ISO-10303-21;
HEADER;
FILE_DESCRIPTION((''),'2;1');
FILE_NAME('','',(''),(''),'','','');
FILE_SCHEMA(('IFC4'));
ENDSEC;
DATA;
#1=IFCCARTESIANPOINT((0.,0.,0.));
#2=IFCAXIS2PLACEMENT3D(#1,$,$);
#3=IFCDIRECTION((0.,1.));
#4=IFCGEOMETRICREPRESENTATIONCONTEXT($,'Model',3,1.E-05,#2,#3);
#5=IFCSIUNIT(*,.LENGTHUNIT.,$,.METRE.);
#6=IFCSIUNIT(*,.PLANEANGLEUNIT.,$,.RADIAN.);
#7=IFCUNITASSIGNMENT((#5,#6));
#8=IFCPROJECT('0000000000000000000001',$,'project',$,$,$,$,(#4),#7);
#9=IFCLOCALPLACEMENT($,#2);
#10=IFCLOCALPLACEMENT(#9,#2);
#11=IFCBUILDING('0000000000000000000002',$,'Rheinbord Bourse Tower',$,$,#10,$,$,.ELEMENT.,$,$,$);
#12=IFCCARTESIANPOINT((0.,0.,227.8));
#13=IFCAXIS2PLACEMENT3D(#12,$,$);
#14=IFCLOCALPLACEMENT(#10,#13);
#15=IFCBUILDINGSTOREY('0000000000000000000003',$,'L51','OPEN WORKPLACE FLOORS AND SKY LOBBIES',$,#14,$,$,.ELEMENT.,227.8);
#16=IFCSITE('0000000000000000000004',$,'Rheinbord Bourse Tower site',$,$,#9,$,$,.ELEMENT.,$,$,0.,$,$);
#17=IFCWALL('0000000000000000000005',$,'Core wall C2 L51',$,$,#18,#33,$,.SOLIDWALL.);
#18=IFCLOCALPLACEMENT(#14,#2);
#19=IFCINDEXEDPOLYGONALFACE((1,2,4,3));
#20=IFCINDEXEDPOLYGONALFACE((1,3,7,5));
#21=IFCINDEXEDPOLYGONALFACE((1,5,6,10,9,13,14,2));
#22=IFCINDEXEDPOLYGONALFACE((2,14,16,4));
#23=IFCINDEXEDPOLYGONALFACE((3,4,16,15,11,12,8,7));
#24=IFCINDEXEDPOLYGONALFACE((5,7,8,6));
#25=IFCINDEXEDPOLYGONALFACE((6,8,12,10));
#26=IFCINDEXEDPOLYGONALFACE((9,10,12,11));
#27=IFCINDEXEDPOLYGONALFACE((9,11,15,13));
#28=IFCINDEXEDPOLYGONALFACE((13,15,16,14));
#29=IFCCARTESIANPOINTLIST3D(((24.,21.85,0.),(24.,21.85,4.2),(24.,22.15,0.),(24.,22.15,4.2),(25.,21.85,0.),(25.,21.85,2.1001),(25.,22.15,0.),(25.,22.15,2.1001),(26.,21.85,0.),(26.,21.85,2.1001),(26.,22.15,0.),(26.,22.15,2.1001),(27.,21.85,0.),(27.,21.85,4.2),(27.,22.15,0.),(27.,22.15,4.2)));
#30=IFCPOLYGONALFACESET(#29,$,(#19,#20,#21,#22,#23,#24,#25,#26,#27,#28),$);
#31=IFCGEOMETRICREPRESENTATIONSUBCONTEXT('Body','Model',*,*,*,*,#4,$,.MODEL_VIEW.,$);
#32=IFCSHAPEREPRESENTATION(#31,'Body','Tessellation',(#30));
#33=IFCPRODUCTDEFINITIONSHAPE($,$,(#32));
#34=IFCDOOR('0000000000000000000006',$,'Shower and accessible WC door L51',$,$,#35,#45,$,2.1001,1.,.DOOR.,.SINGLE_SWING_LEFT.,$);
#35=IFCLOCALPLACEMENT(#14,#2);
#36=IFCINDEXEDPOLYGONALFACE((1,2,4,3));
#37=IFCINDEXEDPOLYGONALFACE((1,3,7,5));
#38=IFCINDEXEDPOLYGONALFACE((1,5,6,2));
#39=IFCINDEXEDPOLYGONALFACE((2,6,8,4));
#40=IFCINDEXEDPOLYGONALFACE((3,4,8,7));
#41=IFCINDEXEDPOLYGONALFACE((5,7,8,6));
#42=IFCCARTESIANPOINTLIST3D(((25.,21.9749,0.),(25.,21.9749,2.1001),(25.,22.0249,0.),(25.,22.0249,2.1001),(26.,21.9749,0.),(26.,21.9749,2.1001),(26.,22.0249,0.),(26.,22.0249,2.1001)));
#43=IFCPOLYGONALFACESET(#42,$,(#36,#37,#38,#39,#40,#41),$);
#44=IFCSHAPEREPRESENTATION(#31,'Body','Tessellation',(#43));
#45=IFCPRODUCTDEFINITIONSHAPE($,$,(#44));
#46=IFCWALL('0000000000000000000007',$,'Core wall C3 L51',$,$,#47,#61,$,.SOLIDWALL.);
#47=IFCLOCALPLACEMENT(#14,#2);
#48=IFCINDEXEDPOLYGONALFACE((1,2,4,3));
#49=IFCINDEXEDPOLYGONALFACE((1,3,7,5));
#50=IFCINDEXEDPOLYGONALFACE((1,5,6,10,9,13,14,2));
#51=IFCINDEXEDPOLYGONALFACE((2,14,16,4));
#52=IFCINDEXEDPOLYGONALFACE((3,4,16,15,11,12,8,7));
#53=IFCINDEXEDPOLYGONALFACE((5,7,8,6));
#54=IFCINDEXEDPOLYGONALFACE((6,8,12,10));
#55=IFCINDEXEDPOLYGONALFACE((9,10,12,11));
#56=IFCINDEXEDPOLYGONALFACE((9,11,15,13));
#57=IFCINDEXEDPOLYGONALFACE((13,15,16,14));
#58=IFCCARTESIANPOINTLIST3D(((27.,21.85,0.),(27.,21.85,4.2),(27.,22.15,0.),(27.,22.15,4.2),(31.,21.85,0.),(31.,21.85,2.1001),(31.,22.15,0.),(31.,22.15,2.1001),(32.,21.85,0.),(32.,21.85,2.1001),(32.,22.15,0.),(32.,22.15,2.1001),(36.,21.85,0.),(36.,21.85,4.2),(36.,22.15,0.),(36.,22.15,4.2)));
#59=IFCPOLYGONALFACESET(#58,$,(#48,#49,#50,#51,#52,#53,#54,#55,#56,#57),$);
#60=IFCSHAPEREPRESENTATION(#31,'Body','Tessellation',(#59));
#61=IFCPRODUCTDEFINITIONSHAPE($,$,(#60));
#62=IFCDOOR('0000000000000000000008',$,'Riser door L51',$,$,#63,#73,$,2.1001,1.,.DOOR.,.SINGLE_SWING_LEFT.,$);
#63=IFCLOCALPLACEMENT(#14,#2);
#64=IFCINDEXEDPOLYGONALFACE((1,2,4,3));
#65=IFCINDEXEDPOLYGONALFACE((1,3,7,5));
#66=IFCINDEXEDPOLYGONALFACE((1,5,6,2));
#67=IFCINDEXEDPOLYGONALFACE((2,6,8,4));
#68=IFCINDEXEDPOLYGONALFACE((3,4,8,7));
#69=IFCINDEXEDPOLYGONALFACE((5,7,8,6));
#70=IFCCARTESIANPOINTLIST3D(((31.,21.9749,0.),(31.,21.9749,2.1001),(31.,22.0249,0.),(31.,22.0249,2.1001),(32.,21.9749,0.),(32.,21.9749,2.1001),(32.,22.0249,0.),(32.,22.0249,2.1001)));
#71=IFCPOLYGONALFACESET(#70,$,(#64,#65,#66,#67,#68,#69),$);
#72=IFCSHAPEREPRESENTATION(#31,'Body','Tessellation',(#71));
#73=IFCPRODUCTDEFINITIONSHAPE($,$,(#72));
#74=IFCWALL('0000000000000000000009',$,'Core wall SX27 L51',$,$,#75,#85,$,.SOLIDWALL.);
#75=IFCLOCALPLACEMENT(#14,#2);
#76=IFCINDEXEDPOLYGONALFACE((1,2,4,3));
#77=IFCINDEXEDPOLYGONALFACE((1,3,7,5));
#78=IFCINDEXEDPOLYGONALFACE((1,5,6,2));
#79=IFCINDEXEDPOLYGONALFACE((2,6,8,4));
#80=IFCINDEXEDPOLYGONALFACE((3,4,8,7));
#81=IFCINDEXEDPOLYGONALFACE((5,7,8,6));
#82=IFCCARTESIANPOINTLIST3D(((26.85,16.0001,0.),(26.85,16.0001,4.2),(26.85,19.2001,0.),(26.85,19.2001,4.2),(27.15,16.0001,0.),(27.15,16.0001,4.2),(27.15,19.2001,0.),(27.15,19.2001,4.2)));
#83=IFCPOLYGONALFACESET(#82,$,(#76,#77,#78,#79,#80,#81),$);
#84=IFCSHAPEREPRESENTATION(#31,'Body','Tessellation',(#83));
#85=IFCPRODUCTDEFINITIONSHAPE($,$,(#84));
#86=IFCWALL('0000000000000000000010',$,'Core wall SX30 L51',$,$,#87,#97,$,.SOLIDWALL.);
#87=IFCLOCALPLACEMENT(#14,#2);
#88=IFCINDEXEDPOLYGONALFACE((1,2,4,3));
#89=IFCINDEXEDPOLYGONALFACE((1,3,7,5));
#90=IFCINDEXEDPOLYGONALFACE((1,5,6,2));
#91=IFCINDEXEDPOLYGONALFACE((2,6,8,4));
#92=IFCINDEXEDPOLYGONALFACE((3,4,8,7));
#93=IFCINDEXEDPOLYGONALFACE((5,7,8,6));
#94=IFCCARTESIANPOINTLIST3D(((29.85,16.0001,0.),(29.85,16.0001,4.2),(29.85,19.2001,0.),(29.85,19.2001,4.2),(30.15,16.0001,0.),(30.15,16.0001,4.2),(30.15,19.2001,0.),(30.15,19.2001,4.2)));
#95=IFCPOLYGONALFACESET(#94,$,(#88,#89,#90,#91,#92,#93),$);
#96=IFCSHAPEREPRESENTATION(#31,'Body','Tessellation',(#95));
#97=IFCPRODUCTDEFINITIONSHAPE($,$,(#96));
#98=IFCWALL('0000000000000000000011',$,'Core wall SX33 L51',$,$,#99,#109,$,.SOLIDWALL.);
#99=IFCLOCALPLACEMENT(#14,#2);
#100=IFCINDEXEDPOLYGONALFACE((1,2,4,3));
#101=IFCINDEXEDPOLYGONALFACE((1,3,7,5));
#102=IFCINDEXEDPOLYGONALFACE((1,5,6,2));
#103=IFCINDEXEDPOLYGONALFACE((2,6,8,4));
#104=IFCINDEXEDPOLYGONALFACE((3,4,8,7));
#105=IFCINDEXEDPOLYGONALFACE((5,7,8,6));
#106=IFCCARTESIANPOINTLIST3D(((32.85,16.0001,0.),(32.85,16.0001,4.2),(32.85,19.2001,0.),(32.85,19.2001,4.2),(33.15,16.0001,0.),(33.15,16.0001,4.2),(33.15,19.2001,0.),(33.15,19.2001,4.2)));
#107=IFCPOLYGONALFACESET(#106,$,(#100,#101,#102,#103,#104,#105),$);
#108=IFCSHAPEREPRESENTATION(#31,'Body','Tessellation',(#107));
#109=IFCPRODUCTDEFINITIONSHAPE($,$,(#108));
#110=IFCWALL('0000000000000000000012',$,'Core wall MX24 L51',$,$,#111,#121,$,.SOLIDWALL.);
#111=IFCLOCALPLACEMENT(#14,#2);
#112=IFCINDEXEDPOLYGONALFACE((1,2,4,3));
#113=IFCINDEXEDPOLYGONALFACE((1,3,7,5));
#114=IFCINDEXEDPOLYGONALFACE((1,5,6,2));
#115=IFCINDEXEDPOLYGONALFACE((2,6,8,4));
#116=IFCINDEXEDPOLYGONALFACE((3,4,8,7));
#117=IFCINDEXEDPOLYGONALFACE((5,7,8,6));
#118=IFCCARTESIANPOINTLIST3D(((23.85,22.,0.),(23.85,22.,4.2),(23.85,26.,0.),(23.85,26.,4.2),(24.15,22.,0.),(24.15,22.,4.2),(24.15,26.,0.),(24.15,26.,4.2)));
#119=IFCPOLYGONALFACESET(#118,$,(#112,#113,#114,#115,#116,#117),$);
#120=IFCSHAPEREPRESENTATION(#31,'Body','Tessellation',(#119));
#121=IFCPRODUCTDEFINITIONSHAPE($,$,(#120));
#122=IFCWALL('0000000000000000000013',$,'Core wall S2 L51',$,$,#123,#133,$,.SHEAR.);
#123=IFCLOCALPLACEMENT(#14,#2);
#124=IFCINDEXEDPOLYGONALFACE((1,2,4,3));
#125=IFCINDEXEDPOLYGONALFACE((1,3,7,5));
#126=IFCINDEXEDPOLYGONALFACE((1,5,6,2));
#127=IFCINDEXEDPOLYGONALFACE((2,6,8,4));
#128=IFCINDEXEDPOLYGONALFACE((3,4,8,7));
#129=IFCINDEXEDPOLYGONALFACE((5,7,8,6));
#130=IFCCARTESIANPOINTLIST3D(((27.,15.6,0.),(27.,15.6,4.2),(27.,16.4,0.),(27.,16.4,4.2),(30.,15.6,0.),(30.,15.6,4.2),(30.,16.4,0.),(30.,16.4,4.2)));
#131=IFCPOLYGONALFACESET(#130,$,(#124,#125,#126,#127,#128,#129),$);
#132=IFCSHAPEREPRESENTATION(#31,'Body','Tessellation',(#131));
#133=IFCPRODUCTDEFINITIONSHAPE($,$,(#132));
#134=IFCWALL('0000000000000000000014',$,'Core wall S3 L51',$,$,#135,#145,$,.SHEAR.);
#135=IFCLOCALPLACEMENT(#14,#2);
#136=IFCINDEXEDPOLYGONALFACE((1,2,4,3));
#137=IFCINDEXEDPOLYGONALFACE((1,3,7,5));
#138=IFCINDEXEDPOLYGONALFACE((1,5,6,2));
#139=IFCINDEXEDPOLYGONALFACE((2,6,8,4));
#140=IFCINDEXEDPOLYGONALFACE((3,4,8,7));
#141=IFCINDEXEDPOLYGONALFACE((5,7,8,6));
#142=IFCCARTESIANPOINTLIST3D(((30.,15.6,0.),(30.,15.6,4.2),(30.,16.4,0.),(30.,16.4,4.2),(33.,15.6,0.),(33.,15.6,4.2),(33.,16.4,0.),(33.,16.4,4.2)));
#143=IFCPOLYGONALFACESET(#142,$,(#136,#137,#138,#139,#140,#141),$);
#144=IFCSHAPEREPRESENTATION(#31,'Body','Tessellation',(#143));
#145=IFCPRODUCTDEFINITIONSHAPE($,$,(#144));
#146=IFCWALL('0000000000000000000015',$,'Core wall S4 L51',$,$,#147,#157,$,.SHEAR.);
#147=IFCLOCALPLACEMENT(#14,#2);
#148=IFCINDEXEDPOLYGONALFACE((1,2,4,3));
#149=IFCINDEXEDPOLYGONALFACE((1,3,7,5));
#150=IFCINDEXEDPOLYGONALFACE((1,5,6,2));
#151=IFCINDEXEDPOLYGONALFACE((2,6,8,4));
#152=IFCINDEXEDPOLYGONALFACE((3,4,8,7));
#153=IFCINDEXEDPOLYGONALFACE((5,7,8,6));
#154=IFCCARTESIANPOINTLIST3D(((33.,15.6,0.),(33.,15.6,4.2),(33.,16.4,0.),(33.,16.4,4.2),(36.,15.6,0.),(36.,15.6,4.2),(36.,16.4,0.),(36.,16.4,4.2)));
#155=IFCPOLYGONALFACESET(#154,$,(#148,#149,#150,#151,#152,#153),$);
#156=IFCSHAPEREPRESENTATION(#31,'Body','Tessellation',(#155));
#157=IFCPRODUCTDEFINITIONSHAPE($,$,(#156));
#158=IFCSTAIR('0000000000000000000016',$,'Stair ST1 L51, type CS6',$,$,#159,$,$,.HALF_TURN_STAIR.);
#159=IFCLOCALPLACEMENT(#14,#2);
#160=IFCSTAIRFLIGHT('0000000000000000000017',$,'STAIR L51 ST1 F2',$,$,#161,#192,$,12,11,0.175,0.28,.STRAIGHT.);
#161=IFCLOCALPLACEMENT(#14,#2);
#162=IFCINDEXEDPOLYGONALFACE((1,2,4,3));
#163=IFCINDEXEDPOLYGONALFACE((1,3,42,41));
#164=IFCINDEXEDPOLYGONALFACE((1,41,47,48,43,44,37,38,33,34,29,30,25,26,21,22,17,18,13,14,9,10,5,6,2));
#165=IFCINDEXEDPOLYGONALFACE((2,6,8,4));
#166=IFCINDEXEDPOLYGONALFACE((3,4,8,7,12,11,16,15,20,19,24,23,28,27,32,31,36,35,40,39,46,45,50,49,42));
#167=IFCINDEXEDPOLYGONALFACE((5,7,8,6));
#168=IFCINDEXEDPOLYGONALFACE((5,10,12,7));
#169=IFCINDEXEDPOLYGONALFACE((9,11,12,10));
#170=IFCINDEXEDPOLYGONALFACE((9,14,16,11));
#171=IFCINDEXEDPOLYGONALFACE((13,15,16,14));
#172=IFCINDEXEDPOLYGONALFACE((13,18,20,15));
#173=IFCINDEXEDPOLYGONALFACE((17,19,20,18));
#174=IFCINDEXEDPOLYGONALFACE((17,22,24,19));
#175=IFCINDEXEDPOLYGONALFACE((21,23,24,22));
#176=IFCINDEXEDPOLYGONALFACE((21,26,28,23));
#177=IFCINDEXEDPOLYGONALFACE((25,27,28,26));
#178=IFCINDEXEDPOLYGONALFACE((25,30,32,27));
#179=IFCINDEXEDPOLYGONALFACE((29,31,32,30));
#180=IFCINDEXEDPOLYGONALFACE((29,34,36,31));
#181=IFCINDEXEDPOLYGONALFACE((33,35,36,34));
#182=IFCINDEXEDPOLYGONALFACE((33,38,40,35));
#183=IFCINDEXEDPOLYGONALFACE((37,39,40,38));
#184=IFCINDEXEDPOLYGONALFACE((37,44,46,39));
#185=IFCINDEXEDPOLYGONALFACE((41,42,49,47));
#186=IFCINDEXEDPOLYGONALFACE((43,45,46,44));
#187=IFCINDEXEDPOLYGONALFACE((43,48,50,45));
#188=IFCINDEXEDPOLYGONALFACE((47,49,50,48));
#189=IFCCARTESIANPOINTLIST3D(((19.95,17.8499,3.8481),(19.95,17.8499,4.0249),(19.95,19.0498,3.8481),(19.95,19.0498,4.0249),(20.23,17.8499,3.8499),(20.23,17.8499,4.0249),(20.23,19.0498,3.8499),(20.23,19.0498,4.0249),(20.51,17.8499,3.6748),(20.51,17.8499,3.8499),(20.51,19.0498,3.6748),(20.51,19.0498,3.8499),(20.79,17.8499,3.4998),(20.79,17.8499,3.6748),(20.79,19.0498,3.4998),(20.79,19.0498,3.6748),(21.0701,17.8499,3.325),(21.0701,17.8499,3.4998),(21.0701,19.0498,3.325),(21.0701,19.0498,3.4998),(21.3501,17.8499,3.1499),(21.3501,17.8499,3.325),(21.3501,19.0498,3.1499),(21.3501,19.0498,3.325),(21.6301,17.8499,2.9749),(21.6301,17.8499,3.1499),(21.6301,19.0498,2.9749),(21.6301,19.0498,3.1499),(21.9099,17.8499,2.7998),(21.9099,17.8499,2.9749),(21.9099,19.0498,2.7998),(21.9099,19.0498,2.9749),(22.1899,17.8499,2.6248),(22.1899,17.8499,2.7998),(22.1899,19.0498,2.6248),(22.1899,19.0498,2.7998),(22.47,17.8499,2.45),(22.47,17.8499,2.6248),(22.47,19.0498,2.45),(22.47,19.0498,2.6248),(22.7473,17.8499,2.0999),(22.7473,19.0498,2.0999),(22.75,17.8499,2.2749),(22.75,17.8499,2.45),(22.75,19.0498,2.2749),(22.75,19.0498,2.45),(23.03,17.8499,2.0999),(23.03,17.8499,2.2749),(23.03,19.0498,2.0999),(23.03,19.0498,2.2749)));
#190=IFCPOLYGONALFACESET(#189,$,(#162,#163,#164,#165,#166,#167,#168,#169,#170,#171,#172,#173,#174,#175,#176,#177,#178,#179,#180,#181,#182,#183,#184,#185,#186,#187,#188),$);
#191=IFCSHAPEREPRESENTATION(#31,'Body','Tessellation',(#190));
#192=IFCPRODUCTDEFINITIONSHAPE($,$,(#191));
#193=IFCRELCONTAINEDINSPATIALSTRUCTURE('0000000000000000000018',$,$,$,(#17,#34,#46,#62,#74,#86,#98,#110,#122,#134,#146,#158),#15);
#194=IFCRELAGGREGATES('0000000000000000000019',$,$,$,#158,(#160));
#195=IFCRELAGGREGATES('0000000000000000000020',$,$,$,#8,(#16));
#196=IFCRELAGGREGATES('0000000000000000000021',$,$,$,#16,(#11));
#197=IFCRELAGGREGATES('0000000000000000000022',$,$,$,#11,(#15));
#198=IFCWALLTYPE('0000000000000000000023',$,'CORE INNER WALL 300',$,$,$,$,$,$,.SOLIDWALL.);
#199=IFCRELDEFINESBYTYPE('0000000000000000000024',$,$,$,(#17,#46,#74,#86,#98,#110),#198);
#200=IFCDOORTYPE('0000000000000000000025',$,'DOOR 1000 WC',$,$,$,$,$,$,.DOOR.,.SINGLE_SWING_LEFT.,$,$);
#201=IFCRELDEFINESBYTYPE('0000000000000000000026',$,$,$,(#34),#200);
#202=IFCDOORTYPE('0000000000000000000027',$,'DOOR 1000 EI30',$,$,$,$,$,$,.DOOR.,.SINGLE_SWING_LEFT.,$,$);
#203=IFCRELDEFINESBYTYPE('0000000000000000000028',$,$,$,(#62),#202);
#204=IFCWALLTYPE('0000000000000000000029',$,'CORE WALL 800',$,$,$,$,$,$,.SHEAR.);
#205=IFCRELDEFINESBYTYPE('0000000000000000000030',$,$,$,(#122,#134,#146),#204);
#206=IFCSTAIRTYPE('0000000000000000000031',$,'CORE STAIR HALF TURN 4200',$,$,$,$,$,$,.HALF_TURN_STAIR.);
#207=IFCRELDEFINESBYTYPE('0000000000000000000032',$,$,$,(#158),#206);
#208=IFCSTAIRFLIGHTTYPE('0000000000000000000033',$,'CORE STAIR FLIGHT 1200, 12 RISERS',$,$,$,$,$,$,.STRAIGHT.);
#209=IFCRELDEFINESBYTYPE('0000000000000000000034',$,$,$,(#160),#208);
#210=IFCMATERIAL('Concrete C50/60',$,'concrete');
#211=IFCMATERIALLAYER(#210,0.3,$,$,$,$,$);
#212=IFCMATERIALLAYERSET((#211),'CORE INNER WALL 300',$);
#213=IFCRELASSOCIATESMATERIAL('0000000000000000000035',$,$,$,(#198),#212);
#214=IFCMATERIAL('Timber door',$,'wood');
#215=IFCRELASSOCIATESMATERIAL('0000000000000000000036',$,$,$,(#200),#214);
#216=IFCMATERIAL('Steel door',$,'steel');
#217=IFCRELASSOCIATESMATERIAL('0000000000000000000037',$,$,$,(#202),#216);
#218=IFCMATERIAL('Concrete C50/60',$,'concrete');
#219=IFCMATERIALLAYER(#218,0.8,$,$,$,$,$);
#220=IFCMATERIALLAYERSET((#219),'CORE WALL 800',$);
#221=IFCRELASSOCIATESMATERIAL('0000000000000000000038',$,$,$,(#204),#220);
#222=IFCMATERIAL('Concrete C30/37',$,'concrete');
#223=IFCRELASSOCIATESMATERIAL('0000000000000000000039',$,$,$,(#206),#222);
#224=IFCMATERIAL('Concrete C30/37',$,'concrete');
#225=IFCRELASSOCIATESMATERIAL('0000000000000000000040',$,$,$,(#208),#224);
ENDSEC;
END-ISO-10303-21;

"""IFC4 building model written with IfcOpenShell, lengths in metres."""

from ifc_helpers import new_model, si_unit, direction, frame, frame_2d, origin, place, context, subcontext, project, spatial, polyline, rectangle, outline, extrude, material, layer, layer_set, type_object, element, fill, aggregate, save


model = new_model("IFC4")

# Units and contexts
model_context = context("Model", 3, precision=1e-05, world=origin(), true_north=direction((0.0, 1.0)))
body_context = subcontext(model_context, "Body", "Model", "MODEL_VIEW")
ifc_project = project(units=[si_unit("LENGTHUNIT", "METRE"), si_unit("PLANEANGLEUNIT", "RADIAN")], contexts=[model_context])

# Site, building, storey
site_placement = place(None, origin())
site = spatial("IfcSite", under=ifc_project, at=site_placement, Name="Rheinbord Bourse Tower site", CompositionType="ELEMENT", RefElevation=0.0)
building_placement = place(site_placement, origin())
building = spatial("IfcBuilding", under=site, at=building_placement, Name="Rheinbord Bourse Tower", CompositionType="ELEMENT")
storey_placement = place(building_placement, frame((0.0, 0.0, 227.8)))
storey = spatial("IfcBuildingStorey", under=building, at=storey_placement, Name="L51", Description="OPEN WORKPLACE FLOORS AND SKY LOBBIES", CompositionType="ELEMENT", Elevation=227.8)

# Walls, openings, doors
ifc_material_1 = material(Name="Concrete C50/60", Category="concrete")
ifc_layer_1 = layer(ifc_material_1, 0.3)
ifc_layer_set_1 = layer_set([ifc_layer_1], Name="CORE INNER WALL 300")
wall_type_1 = type_object("IfcWallType", Name="CORE INNER WALL 300", PredefinedType="SOLIDWALL", material=ifc_layer_set_1)
wall_1_placement = place(storey_placement, frame((24.0, 22.0, 0.0), z_axis=(0.0, 0.0, 1.0), x_axis=(1.0, 0.0, 0.0)))
wall_1 = element("IfcWall", 1, at=wall_1_placement, inside=storey, type_object=wall_type_1, Name="Core wall C2 L51", PredefinedType="SOLIDWALL", context=body_context, shape_type="SweptSolid", body=[
    extrude(rectangle(XDim=3.0, YDim=0.3, at=frame_2d((1.5, 0.0))), origin(), (0.0, 0.0, 1.0), 4.2),
])
opening_1_placement = place(wall_1_placement, frame((1.0, 0.0, 0.0)))
opening_1 = element("IfcOpeningElement", 2, at=opening_1_placement, cuts=wall_1, PredefinedType="OPENING", context=body_context, shape_type="SweptSolid", body=[
    extrude(rectangle(XDim=1.0, YDim=2.1001, at=frame_2d((0.5, 1.05))), frame((0.0, 0.1599, 0.0), z_axis=(0.0, -1.0, 0.0), x_axis=(1.0, 0.0, 0.0)), (0.0, 0.0, 1.0), 0.3201),
])
ifc_material_2 = material(Name="Timber door", Category="wood")
door_type_1 = type_object("IfcDoorType", Name="DOOR 1000 WC", OperationType="SINGLE_SWING_LEFT", PredefinedType="DOOR", material=ifc_material_2)
door_1_placement = place(opening_1_placement, origin())
door_1 = element("IfcDoor", 3, at=door_1_placement, inside=storey, type_object=door_type_1, Name="Shower and accessible WC door L51", OperationType="SINGLE_SWING_LEFT", OverallHeight=2.1001, OverallWidth=1.0, PredefinedType="DOOR", context=body_context, shape_type="SweptSolid", body=[
    extrude(rectangle(XDim=1.0, YDim=2.1001, at=frame_2d((0.5, 1.05))), frame((0.0, 0.0249, 0.0), z_axis=(0.0, -1.0, 0.0), x_axis=(1.0, 0.0, 0.0)), (0.0, 0.0, 1.0), 0.05),
])
fill(opening_1, door_1)
wall_2_placement = place(storey_placement, frame((27.0, 22.0, 0.0), z_axis=(0.0, 0.0, 1.0), x_axis=(1.0, 0.0, 0.0)))
wall_2 = element("IfcWall", 4, at=wall_2_placement, inside=storey, type_object=wall_type_1, Name="Core wall C3 L51", PredefinedType="SOLIDWALL", context=body_context, shape_type="SweptSolid", body=[
    extrude(rectangle(XDim=9.0, YDim=0.3, at=frame_2d((4.5, 0.0))), origin(), (0.0, 0.0, 1.0), 4.2),
])
opening_2_placement = place(wall_2_placement, frame((4.0, 0.0, 0.0)))
opening_2 = element("IfcOpeningElement", 5, at=opening_2_placement, cuts=wall_2, PredefinedType="OPENING", context=body_context, shape_type="SweptSolid", body=[
    extrude(rectangle(XDim=1.0, YDim=2.1001, at=frame_2d((0.5, 1.05))), frame((0.0, 0.1599, 0.0), z_axis=(0.0, -1.0, 0.0), x_axis=(1.0, 0.0, 0.0)), (0.0, 0.0, 1.0), 0.3201),
])
ifc_material_3 = material(Name="Steel door", Category="steel")
door_type_2 = type_object("IfcDoorType", Name="DOOR 1000 EI30", OperationType="SINGLE_SWING_LEFT", PredefinedType="DOOR", material=ifc_material_3)
door_2_placement = place(opening_2_placement, origin())
door_2 = element("IfcDoor", 6, at=door_2_placement, inside=storey, type_object=door_type_2, Name="Riser door L51", OperationType="SINGLE_SWING_LEFT", OverallHeight=2.1001, OverallWidth=1.0, PredefinedType="DOOR", context=body_context, shape_type="SweptSolid", body=[
    extrude(rectangle(XDim=1.0, YDim=2.1001, at=frame_2d((0.5, 1.05))), frame((0.0, 0.0249, 0.0), z_axis=(0.0, -1.0, 0.0), x_axis=(1.0, 0.0, 0.0)), (0.0, 0.0, 1.0), 0.05),
])
fill(opening_2, door_2)

# Walls
for number, where, z_axis, x_axis, name in (
    (7, (27.0, 16.0, 0.0), (0.0, 0.0, 1.0), (0.0, 1.0, 0.0), "Core wall SX27 L51"),
    (8, (30.0, 16.0, 0.0), (0.0, 0.0, 1.0), (0.0, 1.0, 0.0), "Core wall SX30 L51"),
    (9, (33.0, 16.0, 0.0), (0.0, 0.0, 1.0), (0.0, 1.0, 0.0), "Core wall SX33 L51"),
):
    element("IfcWall", number, at=place(storey_placement, frame(where, z_axis=z_axis, x_axis=x_axis)), inside=storey, type_object=wall_type_1, Name=name, PredefinedType="SOLIDWALL", context=body_context, shape_type="SweptSolid", body=[
        extrude(rectangle(XDim=3.2, YDim=0.3, at=frame_2d((1.6001, 0.0))), origin(), (0.0, 0.0, 1.0), 4.2),
    ])
wall_3_placement = place(storey_placement, frame((24.0, 22.0, 0.0), z_axis=(0.0, 0.0, 1.0), x_axis=(0.0, 1.0, 0.0)))
element("IfcWall", 10, at=wall_3_placement, inside=storey, type_object=wall_type_1, Name="Core wall MX24 L51", PredefinedType="SOLIDWALL", context=body_context, shape_type="SweptSolid", body=[
    extrude(rectangle(XDim=4.0, YDim=0.3, at=frame_2d((2.0, 0.0))), origin(), (0.0, 0.0, 1.0), 4.2),
])
ifc_material_4 = material(Name="Concrete C50/60", Category="concrete")
ifc_layer_2 = layer(ifc_material_4, 0.8)
ifc_layer_set_2 = layer_set([ifc_layer_2], Name="CORE WALL 800")
wall_type_2 = type_object("IfcWallType", Name="CORE WALL 800", PredefinedType="SHEAR", material=ifc_layer_set_2)
for number, where, z_axis, x_axis, name in (
    (11, (27.0, 16.0, 0.0), (0.0, 0.0, 1.0), (1.0, 0.0, 0.0), "Core wall S2 L51"),
    (12, (30.0, 16.0, 0.0), (0.0, 0.0, 1.0), (1.0, 0.0, 0.0), "Core wall S3 L51"),
    (13, (33.0, 16.0, 0.0), (0.0, 0.0, 1.0), (1.0, 0.0, 0.0), "Core wall S4 L51"),
):
    element("IfcWall", number, at=place(storey_placement, frame(where, z_axis=z_axis, x_axis=x_axis)), inside=storey, type_object=wall_type_2, Name=name, PredefinedType="SHEAR", context=body_context, shape_type="SweptSolid", body=[
        extrude(rectangle(XDim=3.0, YDim=0.8, at=frame_2d((1.5, 0.0))), origin(), (0.0, 0.0, 1.0), 4.2),
    ])

# Stair, stair flight
ifc_material_5 = material(Name="Concrete C30/37", Category="concrete")
stair_type = type_object("IfcStairType", Name="CORE STAIR HALF TURN 4200", PredefinedType="HALF_TURN_STAIR", material=ifc_material_5)
stair_placement = place(storey_placement, origin())
stair = element("IfcStair", 14, at=stair_placement, inside=storey, type_object=stair_type, Name="Stair ST1 L51, type CS6", PredefinedType="HALF_TURN_STAIR")
ifc_material_6 = material(Name="Concrete C30/37", Category="concrete")
stair_flight_type = type_object("IfcStairFlightType", Name="CORE STAIR FLIGHT 1200, 12 RISERS", PredefinedType="STRAIGHT", material=ifc_material_6)
stair_flight_placement = place(storey_placement, frame((23.03, 18.45, 2.0999), z_axis=(0.0, 0.0, 1.0), x_axis=(-1.0, 0.0, 0.0)))
stair_flight = element("IfcStairFlight", 15, at=stair_flight_placement, type_object=stair_flight_type, Name="STAIR L51 ST1 F2", NumberOfRisers=12, NumberOfTreads=11, PredefinedType="STRAIGHT", RiserHeight=0.175, TreadLength=0.28, context=body_context, shape_type="SweptSolid", body=[
    extrude(outline(polyline([(0.0, 0.0), (0.0, 0.175), (0.28, 0.175), (0.28, 0.3501), (0.5601, 0.3501), (0.5601, 0.5249), (0.8401, 0.5249), (0.8401, 0.7), (1.1201, 0.7), (1.1201, 0.875), (1.3999, 0.875), (1.3999, 1.05), (1.6799, 1.05), (1.6799, 1.2251), (1.96, 1.2251), (1.96, 1.3999), (2.24, 1.3999), (2.24, 1.575), (2.52, 1.575), (2.52, 1.75), (2.8, 1.75), (2.8, 1.925), (3.0801, 1.925), (3.0801, 2.1001), (3.0801, 1.7483), (0.2827, 0.0), (0.0, 0.0)])), frame((0.0, 0.6001, 0.0), z_axis=(0.0, -1.0, 0.0), x_axis=(1.0, 0.0, 0.0)), (0.0, 0.0, 1.0), 1.2),
])
aggregate(stair, [stair_flight])

save(model, "model.ifc")
